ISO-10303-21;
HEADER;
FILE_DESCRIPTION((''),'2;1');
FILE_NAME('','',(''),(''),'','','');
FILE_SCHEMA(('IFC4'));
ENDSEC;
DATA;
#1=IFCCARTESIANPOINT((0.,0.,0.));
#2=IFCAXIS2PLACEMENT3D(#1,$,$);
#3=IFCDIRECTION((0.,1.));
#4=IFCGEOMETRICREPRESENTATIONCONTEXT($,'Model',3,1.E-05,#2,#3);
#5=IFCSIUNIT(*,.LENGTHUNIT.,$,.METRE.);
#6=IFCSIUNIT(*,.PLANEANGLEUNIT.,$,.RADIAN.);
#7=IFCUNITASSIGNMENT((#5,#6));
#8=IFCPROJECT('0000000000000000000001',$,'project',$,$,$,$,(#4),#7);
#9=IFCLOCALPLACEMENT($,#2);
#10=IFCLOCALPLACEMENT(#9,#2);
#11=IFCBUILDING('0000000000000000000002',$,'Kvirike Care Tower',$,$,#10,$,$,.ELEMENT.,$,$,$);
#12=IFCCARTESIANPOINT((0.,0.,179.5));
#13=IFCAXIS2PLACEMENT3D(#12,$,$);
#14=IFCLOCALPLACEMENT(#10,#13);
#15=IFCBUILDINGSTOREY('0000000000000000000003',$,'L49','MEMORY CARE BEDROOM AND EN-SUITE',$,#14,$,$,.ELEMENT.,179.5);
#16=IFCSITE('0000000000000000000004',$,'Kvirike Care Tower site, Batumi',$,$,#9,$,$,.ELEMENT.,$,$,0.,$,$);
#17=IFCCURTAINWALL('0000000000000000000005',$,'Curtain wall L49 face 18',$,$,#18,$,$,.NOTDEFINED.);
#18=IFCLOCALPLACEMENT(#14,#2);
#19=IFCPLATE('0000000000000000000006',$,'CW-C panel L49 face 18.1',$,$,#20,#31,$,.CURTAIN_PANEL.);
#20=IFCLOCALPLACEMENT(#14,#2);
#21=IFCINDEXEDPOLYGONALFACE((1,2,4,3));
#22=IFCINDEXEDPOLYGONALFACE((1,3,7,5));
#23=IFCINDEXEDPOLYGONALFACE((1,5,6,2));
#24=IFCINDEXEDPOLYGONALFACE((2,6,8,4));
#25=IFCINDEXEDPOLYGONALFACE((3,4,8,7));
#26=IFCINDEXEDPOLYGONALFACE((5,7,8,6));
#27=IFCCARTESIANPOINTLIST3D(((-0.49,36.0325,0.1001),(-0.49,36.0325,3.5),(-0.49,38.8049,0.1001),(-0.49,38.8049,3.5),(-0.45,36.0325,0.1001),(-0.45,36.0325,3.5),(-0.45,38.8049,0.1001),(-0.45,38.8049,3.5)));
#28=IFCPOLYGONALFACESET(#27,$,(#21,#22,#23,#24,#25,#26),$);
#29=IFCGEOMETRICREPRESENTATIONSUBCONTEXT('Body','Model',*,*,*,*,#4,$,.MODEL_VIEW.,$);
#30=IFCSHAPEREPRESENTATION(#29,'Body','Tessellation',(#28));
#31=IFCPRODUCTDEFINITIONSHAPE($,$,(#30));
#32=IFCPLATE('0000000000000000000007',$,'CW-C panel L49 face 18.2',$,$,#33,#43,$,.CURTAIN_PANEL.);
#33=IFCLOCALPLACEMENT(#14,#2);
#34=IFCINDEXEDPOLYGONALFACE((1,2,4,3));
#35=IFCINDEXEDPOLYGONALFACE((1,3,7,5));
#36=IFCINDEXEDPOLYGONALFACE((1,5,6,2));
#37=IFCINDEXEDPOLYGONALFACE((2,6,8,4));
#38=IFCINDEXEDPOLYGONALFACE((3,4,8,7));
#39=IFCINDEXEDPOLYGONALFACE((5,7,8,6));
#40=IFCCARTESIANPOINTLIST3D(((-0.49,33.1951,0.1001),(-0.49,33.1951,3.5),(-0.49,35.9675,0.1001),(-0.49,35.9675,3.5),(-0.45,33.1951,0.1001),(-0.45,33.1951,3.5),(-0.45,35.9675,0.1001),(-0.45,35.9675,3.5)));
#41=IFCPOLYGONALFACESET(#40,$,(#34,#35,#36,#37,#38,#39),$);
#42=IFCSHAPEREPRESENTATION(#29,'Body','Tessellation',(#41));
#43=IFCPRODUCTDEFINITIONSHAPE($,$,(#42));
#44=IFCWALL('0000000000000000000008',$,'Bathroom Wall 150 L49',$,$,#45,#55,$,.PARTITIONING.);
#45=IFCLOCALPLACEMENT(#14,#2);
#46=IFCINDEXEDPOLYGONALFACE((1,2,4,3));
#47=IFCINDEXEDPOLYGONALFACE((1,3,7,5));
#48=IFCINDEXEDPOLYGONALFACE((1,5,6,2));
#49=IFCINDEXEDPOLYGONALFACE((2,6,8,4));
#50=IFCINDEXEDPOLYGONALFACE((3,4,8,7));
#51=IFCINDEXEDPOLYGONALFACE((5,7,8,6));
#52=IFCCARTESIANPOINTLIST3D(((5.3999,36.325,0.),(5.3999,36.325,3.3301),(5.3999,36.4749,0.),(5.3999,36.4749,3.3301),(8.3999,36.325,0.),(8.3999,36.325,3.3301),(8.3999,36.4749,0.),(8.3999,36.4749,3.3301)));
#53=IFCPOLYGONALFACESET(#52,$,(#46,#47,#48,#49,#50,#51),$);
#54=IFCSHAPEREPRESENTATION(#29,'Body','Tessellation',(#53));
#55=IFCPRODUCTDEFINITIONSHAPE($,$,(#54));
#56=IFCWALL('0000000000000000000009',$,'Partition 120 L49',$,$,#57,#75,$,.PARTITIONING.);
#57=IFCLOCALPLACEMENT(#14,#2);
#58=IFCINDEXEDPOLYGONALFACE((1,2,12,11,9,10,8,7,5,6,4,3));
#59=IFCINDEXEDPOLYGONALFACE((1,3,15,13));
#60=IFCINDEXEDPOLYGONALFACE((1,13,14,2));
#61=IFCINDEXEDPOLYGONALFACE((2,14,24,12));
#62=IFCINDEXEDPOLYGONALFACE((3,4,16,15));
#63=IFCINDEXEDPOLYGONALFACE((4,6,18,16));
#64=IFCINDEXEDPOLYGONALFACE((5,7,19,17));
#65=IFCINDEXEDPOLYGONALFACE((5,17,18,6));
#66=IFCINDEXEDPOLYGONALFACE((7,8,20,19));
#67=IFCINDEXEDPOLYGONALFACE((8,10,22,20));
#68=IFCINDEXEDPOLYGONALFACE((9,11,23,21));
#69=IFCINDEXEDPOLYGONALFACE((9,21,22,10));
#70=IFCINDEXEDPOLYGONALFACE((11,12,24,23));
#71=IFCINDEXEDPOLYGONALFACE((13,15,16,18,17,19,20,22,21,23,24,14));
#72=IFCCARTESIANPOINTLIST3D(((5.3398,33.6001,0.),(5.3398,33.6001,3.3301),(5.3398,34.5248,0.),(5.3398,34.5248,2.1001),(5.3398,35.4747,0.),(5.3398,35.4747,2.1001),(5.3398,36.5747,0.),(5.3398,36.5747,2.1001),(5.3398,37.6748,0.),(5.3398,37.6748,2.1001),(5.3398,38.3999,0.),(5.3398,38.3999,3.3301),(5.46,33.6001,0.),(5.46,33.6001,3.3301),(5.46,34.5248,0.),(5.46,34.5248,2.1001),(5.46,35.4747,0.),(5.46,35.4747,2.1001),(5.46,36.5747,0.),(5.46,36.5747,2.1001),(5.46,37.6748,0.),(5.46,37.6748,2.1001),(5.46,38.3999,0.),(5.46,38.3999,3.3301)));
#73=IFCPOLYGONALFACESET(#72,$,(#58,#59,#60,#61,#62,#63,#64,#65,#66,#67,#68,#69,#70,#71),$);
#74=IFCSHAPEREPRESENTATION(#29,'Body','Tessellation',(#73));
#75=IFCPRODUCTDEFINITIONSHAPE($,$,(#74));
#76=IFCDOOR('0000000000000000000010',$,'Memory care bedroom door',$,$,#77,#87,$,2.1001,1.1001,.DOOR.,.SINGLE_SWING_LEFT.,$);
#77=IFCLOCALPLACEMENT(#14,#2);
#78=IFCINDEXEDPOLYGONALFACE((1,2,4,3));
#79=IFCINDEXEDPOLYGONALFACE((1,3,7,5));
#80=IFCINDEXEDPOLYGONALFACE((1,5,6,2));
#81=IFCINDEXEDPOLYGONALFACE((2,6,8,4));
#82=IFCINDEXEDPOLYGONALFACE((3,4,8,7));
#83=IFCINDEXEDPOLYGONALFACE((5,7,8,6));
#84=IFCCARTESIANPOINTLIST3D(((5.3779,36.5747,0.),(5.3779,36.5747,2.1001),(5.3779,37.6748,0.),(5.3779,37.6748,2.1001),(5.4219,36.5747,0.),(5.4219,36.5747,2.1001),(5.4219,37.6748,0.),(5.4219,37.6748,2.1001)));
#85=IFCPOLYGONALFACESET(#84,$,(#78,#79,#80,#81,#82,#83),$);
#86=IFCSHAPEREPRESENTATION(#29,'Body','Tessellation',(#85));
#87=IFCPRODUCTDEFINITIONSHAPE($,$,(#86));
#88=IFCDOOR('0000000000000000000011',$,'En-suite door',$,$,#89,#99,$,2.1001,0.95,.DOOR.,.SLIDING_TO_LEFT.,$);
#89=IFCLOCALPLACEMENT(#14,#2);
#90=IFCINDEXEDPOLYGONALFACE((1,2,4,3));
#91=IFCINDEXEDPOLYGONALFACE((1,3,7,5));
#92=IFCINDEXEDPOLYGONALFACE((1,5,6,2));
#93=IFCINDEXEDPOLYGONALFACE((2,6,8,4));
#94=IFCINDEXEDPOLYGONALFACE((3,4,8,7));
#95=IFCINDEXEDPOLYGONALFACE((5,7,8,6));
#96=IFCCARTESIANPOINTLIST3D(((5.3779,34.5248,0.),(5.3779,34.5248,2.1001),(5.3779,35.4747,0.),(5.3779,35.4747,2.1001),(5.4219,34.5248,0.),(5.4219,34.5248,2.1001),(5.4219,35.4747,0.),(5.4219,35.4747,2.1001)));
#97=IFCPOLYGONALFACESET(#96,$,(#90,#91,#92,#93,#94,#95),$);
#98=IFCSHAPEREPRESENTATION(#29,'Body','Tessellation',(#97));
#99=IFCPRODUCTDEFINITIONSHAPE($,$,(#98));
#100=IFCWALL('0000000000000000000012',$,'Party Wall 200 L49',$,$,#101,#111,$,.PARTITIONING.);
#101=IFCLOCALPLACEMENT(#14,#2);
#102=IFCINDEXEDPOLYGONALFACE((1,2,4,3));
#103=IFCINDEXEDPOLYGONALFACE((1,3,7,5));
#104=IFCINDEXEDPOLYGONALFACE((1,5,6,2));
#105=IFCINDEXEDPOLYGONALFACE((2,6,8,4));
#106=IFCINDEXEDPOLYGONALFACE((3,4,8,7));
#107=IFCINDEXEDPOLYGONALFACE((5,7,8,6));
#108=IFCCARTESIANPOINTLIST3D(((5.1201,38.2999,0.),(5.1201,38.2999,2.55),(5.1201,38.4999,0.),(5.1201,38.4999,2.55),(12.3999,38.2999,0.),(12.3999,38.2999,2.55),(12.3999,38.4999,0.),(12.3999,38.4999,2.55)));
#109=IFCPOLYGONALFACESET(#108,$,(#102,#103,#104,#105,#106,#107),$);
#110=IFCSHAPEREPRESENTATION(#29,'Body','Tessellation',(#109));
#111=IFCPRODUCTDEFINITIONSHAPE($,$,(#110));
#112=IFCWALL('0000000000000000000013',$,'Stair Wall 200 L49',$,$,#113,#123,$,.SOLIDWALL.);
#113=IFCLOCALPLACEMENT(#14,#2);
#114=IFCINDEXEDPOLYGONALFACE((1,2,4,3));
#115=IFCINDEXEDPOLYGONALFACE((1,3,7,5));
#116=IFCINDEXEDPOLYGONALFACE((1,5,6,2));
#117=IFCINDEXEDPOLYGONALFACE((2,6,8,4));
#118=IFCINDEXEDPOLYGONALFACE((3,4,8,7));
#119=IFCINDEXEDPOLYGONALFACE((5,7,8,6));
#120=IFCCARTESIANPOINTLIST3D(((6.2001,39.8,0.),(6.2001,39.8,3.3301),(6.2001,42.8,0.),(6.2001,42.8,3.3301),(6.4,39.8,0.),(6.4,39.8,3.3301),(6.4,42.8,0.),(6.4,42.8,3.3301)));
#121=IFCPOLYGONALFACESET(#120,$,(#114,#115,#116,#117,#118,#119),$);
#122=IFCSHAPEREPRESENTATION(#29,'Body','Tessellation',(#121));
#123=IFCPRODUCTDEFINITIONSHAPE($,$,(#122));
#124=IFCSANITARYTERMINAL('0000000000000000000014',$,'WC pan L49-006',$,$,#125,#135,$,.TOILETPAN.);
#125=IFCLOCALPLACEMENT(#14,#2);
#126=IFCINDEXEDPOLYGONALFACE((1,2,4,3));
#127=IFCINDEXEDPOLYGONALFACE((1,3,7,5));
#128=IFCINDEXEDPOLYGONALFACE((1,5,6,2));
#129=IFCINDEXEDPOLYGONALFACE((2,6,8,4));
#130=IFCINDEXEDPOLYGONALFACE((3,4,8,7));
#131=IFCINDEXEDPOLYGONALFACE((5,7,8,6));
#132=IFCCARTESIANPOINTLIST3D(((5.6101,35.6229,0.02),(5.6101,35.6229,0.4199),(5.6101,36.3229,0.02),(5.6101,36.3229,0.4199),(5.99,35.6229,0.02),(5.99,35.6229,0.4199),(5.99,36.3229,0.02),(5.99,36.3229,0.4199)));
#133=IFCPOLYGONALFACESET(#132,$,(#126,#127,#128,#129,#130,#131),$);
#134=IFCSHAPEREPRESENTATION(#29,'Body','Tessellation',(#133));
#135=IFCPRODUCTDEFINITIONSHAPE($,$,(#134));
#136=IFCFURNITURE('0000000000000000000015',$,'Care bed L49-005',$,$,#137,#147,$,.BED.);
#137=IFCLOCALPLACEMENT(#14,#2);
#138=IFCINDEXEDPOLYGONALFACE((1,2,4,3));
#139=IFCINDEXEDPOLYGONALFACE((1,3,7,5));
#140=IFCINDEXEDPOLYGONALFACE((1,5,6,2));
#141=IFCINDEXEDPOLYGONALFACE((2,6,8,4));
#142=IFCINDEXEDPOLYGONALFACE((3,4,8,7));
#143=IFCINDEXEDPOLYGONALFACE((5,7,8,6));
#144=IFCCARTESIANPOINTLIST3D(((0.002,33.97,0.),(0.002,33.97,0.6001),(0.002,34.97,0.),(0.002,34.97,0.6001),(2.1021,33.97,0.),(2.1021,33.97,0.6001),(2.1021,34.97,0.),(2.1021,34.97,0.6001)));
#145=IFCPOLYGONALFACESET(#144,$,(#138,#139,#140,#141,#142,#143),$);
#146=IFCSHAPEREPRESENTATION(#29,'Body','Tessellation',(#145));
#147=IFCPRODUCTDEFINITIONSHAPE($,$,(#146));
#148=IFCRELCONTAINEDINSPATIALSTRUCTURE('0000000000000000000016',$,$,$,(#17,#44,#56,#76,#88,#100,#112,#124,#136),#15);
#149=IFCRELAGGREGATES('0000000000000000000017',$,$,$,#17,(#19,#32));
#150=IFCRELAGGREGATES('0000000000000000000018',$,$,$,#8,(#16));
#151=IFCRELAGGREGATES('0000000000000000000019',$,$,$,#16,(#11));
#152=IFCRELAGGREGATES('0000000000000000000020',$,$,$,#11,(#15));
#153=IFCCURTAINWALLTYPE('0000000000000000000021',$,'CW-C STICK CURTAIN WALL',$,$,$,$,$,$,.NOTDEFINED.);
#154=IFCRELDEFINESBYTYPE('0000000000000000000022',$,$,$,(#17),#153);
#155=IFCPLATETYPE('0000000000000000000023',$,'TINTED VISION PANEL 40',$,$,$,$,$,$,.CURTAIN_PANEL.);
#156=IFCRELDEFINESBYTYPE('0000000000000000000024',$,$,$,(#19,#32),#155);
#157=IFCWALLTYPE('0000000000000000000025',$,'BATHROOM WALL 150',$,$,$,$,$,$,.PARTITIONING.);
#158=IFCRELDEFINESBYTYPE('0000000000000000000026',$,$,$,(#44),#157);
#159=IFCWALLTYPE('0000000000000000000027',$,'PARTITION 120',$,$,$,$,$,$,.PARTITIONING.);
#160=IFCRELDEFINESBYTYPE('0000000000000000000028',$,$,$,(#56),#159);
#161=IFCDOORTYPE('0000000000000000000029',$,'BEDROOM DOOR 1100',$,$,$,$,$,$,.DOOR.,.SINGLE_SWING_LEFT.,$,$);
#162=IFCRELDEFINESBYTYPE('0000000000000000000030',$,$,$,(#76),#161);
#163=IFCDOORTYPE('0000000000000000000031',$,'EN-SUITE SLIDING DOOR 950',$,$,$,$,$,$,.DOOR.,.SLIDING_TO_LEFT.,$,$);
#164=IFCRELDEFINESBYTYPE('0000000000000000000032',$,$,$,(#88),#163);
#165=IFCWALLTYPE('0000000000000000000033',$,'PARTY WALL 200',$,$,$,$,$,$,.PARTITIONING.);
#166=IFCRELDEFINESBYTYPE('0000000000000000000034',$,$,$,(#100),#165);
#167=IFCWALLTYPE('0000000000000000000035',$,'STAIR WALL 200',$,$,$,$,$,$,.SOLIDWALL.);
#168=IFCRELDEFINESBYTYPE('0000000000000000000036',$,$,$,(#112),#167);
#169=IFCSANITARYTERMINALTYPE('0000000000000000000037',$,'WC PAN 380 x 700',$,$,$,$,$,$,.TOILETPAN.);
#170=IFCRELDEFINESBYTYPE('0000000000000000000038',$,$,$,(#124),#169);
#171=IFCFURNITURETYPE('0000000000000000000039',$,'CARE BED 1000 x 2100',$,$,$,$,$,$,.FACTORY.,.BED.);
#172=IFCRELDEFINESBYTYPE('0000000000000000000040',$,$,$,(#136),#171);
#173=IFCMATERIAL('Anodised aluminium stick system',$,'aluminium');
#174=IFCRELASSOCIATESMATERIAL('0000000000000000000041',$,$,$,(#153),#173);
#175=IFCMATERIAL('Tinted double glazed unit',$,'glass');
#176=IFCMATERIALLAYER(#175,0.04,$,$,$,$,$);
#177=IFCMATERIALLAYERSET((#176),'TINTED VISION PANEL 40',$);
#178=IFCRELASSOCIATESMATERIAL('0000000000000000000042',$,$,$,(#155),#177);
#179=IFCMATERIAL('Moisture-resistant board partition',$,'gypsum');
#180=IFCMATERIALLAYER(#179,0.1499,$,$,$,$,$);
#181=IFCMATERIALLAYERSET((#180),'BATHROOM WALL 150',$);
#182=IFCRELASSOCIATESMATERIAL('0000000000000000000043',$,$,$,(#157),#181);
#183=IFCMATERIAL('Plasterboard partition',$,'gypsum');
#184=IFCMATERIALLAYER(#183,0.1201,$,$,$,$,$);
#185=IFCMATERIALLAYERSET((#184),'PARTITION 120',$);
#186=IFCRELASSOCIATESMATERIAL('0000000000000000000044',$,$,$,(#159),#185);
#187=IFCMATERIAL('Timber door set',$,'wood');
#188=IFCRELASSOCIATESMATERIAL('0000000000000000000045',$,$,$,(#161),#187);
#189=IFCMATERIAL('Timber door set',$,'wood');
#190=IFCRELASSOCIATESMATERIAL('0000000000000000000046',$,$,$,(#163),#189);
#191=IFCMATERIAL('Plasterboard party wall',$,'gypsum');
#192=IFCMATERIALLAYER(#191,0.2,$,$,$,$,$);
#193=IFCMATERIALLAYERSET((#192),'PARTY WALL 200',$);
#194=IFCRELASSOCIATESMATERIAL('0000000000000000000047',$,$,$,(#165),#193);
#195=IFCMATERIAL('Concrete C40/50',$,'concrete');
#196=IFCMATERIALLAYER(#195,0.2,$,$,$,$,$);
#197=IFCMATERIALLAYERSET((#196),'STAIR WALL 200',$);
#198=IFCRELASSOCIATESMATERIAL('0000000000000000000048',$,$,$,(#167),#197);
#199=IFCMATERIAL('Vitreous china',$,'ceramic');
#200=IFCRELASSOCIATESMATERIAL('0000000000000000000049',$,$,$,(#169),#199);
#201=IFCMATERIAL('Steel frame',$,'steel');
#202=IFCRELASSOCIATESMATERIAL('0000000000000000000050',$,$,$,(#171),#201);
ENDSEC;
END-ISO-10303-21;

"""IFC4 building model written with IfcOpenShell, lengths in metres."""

from ifc_helpers import new_model, si_unit, direction, frame, frame_2d, origin, origin_2d, place, context, subcontext, project, spatial, rectangle, extrude, material, layer, layer_set, type_object, element, fill, aggregate, save


model = new_model("IFC4")

# Units and contexts
model_context = context("Model", 3, precision=1e-05, world=origin(), true_north=direction((0.0, 1.0)))
body_context = subcontext(model_context, "Body", "Model", "MODEL_VIEW")
ifc_project = project(units=[si_unit("LENGTHUNIT", "METRE"), si_unit("PLANEANGLEUNIT", "RADIAN")], contexts=[model_context])

# Site, building, storey
site_placement = place(None, origin())
site = spatial("IfcSite", under=ifc_project, at=site_placement, Name="Kvirike Care Tower site, Batumi", CompositionType="ELEMENT", RefElevation=0.0)
building_placement = place(site_placement, origin())
building = spatial("IfcBuilding", under=site, at=building_placement, Name="Kvirike Care Tower", CompositionType="ELEMENT")
storey_placement = place(building_placement, frame((0.0, 0.0, 179.5)))
storey = spatial("IfcBuildingStorey", under=building, at=storey_placement, Name="L49", Description="MEMORY CARE BEDROOM AND EN-SUITE", CompositionType="ELEMENT", Elevation=179.5)

# Curtain wall
ifc_material_1 = material(Name="Anodised aluminium stick system", Category="aluminium")
curtain_wall_type = type_object("IfcCurtainWallType", Name="CW-C STICK CURTAIN WALL", PredefinedType="NOTDEFINED", material=ifc_material_1)
curtain_wall_1_placement = place(storey_placement, origin())
curtain_wall_1 = element("IfcCurtainWall", 1, at=curtain_wall_1_placement, inside=storey, type_object=curtain_wall_type, Name="Curtain wall L49 face 18", PredefinedType="NOTDEFINED")

# Plates
ifc_material_2 = material(Name="Tinted double glazed unit", Category="glass")
ifc_layer_1 = layer(ifc_material_2, 0.04)
ifc_layer_set_1 = layer_set([ifc_layer_1], Name="TINTED VISION PANEL 40")
plate_type = type_object("IfcPlateType", Name="TINTED VISION PANEL 40", PredefinedType="CURTAIN_PANEL", material=ifc_layer_set_1)
plate_1_placement = place(storey_placement, frame((-0.47, 37.4187, 0.1001), z_axis=(0.0, 0.0, 1.0), x_axis=(0.0, -1.0, 0.0)))
plate_1 = element("IfcPlate", 2, at=plate_1_placement, type_object=plate_type, Name="CW-C panel L49 face 18.1", PredefinedType="CURTAIN_PANEL", context=body_context, shape_type="SweptSolid", body=[
    extrude(rectangle(XDim=2.7725, YDim=0.04, at=origin_2d()), origin(), (0.0, 0.0, 1.0), 3.3999),
])
plate_2_placement = place(storey_placement, frame((-0.47, 34.5813, 0.1001), z_axis=(0.0, 0.0, 1.0), x_axis=(0.0, -1.0, 0.0)))
plate_2 = element("IfcPlate", 3, at=plate_2_placement, type_object=plate_type, Name="CW-C panel L49 face 18.2", PredefinedType="CURTAIN_PANEL", context=body_context, shape_type="SweptSolid", body=[
    extrude(rectangle(XDim=2.7725, YDim=0.04, at=origin_2d()), origin(), (0.0, 0.0, 1.0), 3.3999),
])
aggregate(curtain_wall_1, [plate_1, plate_2])

# Wall
ifc_material_3 = material(Name="Moisture-resistant board partition", Category="gypsum")
ifc_layer_2 = layer(ifc_material_3, 0.1499)
ifc_layer_set_2 = layer_set([ifc_layer_2], Name="BATHROOM WALL 150")
wall_type_1 = type_object("IfcWallType", Name="BATHROOM WALL 150", PredefinedType="PARTITIONING", material=ifc_layer_set_2)
wall_1_placement = place(storey_placement, frame((5.3999, 36.3999, 0.0), z_axis=(0.0, 0.0, 1.0), x_axis=(1.0, 0.0, 0.0)))
element("IfcWall", 4, at=wall_1_placement, inside=storey, type_object=wall_type_1, Name="Bathroom Wall 150 L49", PredefinedType="PARTITIONING", context=body_context, shape_type="SweptSolid", body=[
    extrude(rectangle(XDim=3.0, YDim=0.1499, at=frame_2d((1.5, 0.0))), origin(), (0.0, 0.0, 1.0), 3.3301),
])

# Wall, openings, doors
ifc_material_4 = material(Name="Plasterboard partition", Category="gypsum")
ifc_layer_3 = layer(ifc_material_4, 0.1201)
ifc_layer_set_3 = layer_set([ifc_layer_3], Name="PARTITION 120")
wall_type_2 = type_object("IfcWallType", Name="PARTITION 120", PredefinedType="PARTITIONING", material=ifc_layer_set_3)
wall_2_placement = place(storey_placement, frame((5.3999, 38.3999, 0.0), z_axis=(0.0, 0.0, 1.0), x_axis=(0.0, -1.0, 0.0)))
wall_2 = element("IfcWall", 5, at=wall_2_placement, inside=storey, type_object=wall_type_2, Name="Partition 120 L49", PredefinedType="PARTITIONING", context=body_context, shape_type="SweptSolid", body=[
    extrude(rectangle(XDim=4.7998, YDim=0.1201, at=frame_2d((2.3999, 0.0))), origin(), (0.0, 0.0, 1.0), 3.3301),
])
opening_1_placement = place(wall_2_placement, frame((0.7251, 0.0, 0.0)))
opening_1 = element("IfcOpeningElement", 6, at=opening_1_placement, cuts=wall_2, PredefinedType="OPENING", context=body_context, shape_type="SweptSolid", body=[
    extrude(rectangle(XDim=1.1001, YDim=2.1001, at=frame_2d((0.55, 1.05))), frame((0.0, 0.0706, 0.0), z_axis=(0.0, -1.0, 0.0), x_axis=(1.0, 0.0, 0.0)), (0.0, 0.0, 1.0), 0.1411),
])
opening_2_placement = place(wall_2_placement, frame((2.925, 0.0, 0.0)))
opening_2 = element("IfcOpeningElement", 7, at=opening_2_placement, cuts=wall_2, PredefinedType="OPENING", context=body_context, shape_type="SweptSolid", body=[
    extrude(rectangle(XDim=0.95, YDim=2.1001, at=frame_2d((0.4751, 1.05))), frame((0.0, 0.0706, 0.0), z_axis=(0.0, -1.0, 0.0), x_axis=(1.0, 0.0, 0.0)), (0.0, 0.0, 1.0), 0.1411),
])
ifc_material_5 = material(Name="Timber door set", Category="wood")
door_type_1 = type_object("IfcDoorType", Name="BEDROOM DOOR 1100", OperationType="SINGLE_SWING_LEFT", PredefinedType="DOOR", material=ifc_material_5)
door_1_placement = place(opening_1_placement, origin())
door_1 = element("IfcDoor", 8, at=door_1_placement, inside=storey, type_object=door_type_1, Name="Memory care bedroom door", OperationType="SINGLE_SWING_LEFT", OverallHeight=2.1001, OverallWidth=1.1001, PredefinedType="DOOR", context=body_context, shape_type="SweptSolid", body=[
    extrude(rectangle(XDim=1.1001, YDim=2.1001, at=frame_2d((0.55, 1.05))), frame((0.0, 0.022, 0.0), z_axis=(0.0, -1.0, 0.0), x_axis=(1.0, 0.0, 0.0)), (0.0, 0.0, 1.0), 0.0439),
])
fill(opening_1, door_1)
ifc_material_6 = material(Name="Timber door set", Category="wood")
door_type_2 = type_object("IfcDoorType", Name="EN-SUITE SLIDING DOOR 950", OperationType="SLIDING_TO_LEFT", PredefinedType="DOOR", material=ifc_material_6)
door_2_placement = place(opening_2_placement, origin())
door_2 = element("IfcDoor", 9, at=door_2_placement, inside=storey, type_object=door_type_2, Name="En-suite door", OperationType="SLIDING_TO_LEFT", OverallHeight=2.1001, OverallWidth=0.95, PredefinedType="DOOR", context=body_context, shape_type="SweptSolid", body=[
    extrude(rectangle(XDim=0.95, YDim=2.1001, at=frame_2d((0.4751, 1.05))), frame((0.0, 0.022, 0.0), z_axis=(0.0, -1.0, 0.0), x_axis=(1.0, 0.0, 0.0)), (0.0, 0.0, 1.0), 0.0439),
])
fill(opening_2, door_2)

# Walls
ifc_material_7 = material(Name="Plasterboard party wall", Category="gypsum")
ifc_layer_4 = layer(ifc_material_7, 0.2)
ifc_layer_set_4 = layer_set([ifc_layer_4], Name="PARTY WALL 200")
wall_type_3 = type_object("IfcWallType", Name="PARTY WALL 200", PredefinedType="PARTITIONING", material=ifc_layer_set_4)
wall_3_placement = place(storey_placement, frame((5.1201, 38.3999, 0.0), z_axis=(0.0, 0.0, 1.0), x_axis=(1.0, 0.0, 0.0)))
element("IfcWall", 10, at=wall_3_placement, inside=storey, type_object=wall_type_3, Name="Party Wall 200 L49", PredefinedType="PARTITIONING", context=body_context, shape_type="SweptSolid", body=[
    extrude(rectangle(XDim=7.2798, YDim=0.2, at=frame_2d((3.6399, 0.0))), origin(), (0.0, 0.0, 1.0), 2.55),
])
ifc_material_8 = material(Name="Concrete C40/50", Category="concrete")
ifc_layer_5 = layer(ifc_material_8, 0.2)
ifc_layer_set_5 = layer_set([ifc_layer_5], Name="STAIR WALL 200")
wall_type_4 = type_object("IfcWallType", Name="STAIR WALL 200", PredefinedType="SOLIDWALL", material=ifc_layer_set_5)
wall_4_placement = place(storey_placement, frame((6.3, 42.8, 0.0), z_axis=(0.0, 0.0, 1.0), x_axis=(0.0, -1.0, 0.0)))
element("IfcWall", 11, at=wall_4_placement, inside=storey, type_object=wall_type_4, Name="Stair Wall 200 L49", PredefinedType="SOLIDWALL", context=body_context, shape_type="SweptSolid", body=[
    extrude(rectangle(XDim=3.0, YDim=0.2, at=frame_2d((1.5, 0.0))), origin(), (0.0, 0.0, 1.0), 3.3301),
])

# Sanitary terminal
ifc_material_9 = material(Name="Vitreous china", Category="ceramic")
sanitary_terminal_type = type_object("IfcSanitaryTerminalType", Name="WC PAN 380 x 700", PredefinedType="TOILETPAN", material=ifc_material_9)
sanitary_terminal_placement = place(storey_placement, frame((5.8, 35.9729, 0.02), z_axis=(0.0, 0.0, 1.0), x_axis=(1.0, 0.0, 0.0)))
element("IfcSanitaryTerminal", 12, at=sanitary_terminal_placement, inside=storey, type_object=sanitary_terminal_type, Name="WC pan L49-006", PredefinedType="TOILETPAN", context=body_context, shape_type="SweptSolid", body=[
    extrude(rectangle(XDim=0.3799, YDim=0.7, at=origin_2d()), origin(), (0.0, 0.0, 1.0), 0.3999),
])

# Furniture
ifc_material_10 = material(Name="Steel frame", Category="steel")
furniture_type = type_object("IfcFurnitureType", Name="CARE BED 1000 x 2100", AssemblyPlace="FACTORY", PredefinedType="BED", material=ifc_material_10)
furniture_placement = place(storey_placement, frame((1.052, 34.47, 0.0), z_axis=(0.0, 0.0, 1.0), x_axis=(0.0, 1.0, 0.0)))
element("IfcFurniture", 13, at=furniture_placement, inside=storey, type_object=furniture_type, Name="Care bed L49-005", PredefinedType="BED", context=body_context, shape_type="SweptSolid", body=[
    extrude(rectangle(XDim=1.0, YDim=2.1001, at=origin_2d()), origin(), (0.0, 0.0, 1.0), 0.6001),
])

save(model, "model.ifc")
